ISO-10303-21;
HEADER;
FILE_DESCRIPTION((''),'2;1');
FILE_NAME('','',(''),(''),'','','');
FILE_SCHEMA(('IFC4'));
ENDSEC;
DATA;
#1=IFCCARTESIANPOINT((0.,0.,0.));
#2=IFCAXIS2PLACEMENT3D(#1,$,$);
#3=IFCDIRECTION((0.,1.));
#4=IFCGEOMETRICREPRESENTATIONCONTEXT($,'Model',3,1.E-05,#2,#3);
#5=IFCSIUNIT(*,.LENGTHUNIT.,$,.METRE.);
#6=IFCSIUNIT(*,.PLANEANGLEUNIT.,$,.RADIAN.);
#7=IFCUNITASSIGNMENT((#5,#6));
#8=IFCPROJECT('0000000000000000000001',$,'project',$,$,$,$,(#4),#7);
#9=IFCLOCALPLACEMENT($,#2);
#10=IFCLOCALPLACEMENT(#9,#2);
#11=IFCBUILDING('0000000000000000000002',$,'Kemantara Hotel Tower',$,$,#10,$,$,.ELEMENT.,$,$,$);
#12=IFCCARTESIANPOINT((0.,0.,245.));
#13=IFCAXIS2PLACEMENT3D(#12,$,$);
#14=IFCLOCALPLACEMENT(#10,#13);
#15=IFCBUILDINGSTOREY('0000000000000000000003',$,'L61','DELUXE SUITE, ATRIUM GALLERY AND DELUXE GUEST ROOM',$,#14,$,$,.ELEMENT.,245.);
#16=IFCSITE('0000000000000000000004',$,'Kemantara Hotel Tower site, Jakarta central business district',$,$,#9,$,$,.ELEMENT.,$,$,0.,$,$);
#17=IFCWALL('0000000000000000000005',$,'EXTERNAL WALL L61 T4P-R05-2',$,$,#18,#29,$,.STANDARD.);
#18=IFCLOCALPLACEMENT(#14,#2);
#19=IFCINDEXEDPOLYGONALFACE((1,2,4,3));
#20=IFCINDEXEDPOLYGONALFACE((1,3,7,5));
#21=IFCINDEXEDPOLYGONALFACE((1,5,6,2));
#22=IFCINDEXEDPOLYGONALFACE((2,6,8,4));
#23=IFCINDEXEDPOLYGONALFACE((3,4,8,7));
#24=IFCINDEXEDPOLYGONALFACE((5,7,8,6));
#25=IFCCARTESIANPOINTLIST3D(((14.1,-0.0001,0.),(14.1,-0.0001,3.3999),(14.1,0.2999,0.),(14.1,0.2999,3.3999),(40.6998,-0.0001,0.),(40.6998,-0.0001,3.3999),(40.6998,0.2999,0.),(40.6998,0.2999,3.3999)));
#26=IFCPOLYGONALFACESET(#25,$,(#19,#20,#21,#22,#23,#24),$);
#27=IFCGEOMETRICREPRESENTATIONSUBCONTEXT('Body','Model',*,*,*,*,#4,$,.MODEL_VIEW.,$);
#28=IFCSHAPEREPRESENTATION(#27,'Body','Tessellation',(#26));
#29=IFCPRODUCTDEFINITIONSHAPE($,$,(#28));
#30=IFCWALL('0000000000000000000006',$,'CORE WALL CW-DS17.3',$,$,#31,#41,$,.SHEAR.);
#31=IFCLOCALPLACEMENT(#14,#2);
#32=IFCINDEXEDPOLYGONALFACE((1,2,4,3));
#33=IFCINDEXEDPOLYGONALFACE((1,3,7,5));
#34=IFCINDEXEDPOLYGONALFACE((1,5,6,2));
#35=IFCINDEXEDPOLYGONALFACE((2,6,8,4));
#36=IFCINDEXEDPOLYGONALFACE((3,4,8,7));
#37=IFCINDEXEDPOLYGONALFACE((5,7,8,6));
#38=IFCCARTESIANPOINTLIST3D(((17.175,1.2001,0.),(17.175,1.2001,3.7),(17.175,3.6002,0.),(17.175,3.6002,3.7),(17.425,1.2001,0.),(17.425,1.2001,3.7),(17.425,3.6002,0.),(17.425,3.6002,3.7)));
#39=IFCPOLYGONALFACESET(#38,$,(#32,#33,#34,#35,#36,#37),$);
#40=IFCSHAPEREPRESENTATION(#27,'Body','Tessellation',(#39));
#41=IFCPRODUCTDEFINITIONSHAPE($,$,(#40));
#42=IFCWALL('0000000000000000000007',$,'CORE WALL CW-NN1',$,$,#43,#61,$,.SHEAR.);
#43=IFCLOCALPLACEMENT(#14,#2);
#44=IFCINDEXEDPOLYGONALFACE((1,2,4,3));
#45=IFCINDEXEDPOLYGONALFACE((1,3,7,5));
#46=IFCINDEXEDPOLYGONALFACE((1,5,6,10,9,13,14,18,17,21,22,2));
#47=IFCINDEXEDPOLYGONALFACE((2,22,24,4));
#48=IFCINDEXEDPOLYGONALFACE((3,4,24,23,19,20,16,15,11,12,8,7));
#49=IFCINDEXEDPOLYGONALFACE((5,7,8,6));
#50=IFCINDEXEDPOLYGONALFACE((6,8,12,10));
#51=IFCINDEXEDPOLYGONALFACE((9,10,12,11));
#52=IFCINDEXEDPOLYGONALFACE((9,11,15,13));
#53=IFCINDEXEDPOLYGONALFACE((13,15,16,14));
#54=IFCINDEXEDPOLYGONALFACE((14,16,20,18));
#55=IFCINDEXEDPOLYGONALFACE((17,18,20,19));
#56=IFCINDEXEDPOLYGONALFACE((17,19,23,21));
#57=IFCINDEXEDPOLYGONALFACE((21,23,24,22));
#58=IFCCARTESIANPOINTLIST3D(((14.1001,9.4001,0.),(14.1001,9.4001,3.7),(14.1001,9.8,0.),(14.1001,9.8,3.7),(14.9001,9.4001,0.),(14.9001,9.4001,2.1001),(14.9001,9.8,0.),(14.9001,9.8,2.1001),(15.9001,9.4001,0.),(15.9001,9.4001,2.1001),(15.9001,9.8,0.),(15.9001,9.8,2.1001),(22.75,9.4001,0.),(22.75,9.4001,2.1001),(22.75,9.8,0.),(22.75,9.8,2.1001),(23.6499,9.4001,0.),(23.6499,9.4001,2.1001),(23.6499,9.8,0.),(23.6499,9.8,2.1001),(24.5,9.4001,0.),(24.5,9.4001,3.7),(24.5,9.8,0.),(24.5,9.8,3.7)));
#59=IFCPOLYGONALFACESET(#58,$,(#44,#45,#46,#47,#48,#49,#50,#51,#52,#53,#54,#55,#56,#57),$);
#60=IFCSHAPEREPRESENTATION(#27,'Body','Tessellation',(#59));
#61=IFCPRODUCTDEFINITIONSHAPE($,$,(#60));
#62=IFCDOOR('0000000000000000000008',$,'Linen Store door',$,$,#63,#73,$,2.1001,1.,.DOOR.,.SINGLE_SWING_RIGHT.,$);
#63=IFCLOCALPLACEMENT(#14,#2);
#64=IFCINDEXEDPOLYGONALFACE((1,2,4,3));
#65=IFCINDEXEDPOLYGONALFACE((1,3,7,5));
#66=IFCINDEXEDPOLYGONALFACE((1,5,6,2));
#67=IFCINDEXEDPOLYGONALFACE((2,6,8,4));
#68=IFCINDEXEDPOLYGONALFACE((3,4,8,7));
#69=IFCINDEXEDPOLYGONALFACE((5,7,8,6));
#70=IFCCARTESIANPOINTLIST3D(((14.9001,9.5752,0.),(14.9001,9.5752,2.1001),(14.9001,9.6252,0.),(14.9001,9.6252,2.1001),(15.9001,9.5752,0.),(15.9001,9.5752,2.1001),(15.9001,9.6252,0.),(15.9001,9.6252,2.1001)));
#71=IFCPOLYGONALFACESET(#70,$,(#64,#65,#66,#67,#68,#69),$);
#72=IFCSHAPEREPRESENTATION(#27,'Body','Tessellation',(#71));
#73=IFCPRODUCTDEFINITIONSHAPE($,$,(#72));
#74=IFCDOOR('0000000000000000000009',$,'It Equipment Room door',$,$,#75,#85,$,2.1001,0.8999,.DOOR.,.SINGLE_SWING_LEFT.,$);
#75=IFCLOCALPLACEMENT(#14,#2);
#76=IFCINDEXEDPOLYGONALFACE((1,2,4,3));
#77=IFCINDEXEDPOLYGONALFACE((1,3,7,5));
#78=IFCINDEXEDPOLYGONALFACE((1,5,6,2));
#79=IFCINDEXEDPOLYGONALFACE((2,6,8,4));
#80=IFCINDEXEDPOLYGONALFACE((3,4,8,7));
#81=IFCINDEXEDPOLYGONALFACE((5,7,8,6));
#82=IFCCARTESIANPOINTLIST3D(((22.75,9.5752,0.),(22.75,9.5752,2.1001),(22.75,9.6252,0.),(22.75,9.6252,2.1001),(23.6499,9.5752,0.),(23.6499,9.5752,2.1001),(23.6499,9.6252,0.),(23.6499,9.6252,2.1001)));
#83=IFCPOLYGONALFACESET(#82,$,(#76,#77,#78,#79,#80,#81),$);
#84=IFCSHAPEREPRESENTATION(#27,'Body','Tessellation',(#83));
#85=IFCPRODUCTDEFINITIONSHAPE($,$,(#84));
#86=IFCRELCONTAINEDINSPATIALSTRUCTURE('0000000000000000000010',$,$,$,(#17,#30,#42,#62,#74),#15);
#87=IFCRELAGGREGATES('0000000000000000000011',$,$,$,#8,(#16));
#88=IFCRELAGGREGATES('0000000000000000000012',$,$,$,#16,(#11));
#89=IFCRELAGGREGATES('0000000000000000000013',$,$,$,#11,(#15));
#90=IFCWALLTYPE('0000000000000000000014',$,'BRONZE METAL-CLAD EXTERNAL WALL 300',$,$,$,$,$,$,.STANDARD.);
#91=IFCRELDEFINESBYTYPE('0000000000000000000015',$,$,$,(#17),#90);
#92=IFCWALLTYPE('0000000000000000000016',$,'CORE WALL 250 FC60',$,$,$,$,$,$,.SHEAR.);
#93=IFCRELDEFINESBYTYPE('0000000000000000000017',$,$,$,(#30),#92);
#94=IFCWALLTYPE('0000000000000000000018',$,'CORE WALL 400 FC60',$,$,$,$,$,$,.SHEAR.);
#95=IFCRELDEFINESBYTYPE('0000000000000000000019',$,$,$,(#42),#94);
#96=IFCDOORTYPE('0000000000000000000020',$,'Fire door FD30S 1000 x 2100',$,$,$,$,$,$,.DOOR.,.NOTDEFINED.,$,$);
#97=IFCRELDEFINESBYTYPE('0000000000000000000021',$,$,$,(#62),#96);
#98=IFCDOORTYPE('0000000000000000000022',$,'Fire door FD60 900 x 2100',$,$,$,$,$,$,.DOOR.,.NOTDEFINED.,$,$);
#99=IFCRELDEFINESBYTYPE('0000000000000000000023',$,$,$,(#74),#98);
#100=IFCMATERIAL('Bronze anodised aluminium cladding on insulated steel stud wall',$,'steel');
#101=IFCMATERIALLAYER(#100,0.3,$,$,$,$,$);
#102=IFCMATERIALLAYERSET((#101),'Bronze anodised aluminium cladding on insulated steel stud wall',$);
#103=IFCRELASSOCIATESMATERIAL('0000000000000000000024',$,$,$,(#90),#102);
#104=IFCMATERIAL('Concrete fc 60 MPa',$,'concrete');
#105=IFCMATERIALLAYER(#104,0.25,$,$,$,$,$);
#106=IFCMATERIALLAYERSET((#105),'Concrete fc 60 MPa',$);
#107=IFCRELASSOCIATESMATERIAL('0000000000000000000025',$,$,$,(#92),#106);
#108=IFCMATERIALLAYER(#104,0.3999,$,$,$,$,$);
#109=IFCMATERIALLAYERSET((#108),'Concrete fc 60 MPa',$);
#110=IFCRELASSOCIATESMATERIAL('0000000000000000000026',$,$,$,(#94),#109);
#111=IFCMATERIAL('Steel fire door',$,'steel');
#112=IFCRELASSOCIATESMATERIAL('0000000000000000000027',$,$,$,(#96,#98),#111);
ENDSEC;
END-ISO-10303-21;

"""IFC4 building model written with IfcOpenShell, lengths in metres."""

from ifc_helpers import new_model, si_unit, direction, frame, frame_2d, origin, place, context, subcontext, project, spatial, rectangle, extrude, material, layer, layer_set, type_object, element, fill, save


model = new_model("IFC4")

# Units and contexts
model_context = context("Model", 3, precision=1e-05, world=origin(), true_north=direction((0.0, 1.0)))
body_context = subcontext(model_context, "Body", "Model", "MODEL_VIEW")
ifc_project = project(units=[si_unit("LENGTHUNIT", "METRE"), si_unit("PLANEANGLEUNIT", "RADIAN")], contexts=[model_context])

# Site, building, storey
site_placement = place(None, origin())
site = spatial("IfcSite", under=ifc_project, at=site_placement, Name="Kemantara Hotel Tower site, Jakarta central business district", CompositionType="ELEMENT", RefElevation=0.0)
building_placement = place(site_placement, origin())
building = spatial("IfcBuilding", under=site, at=building_placement, Name="Kemantara Hotel Tower", CompositionType="ELEMENT")
storey_placement = place(building_placement, frame((0.0, 0.0, 245.0)))
storey = spatial("IfcBuildingStorey", under=building, at=storey_placement, Name="L61", Description="DELUXE SUITE, ATRIUM GALLERY AND DELUXE GUEST ROOM", CompositionType="ELEMENT", Elevation=245.0)

# Walls
ifc_material_1 = material(Name="Bronze anodised aluminium cladding on insulated steel stud wall", Category="steel")
ifc_layer_1 = layer(ifc_material_1, 0.3)
ifc_layer_set_1 = layer_set([ifc_layer_1], Name="Bronze anodised aluminium cladding on insulated steel stud wall")
wall_type_1 = type_object("IfcWallType", Name="BRONZE METAL-CLAD EXTERNAL WALL 300", PredefinedType="STANDARD", material=ifc_layer_set_1)
wall_1_placement = place(storey_placement, frame((14.1001, 0.1499, 0.0), z_axis=(0.0, 0.0, 1.0), x_axis=(1.0, 0.0, 0.0)))
element("IfcWall", 1, at=wall_1_placement, inside=storey, type_object=wall_type_1, Name="EXTERNAL WALL L61 T4P-R05-2", PredefinedType="STANDARD", context=body_context, shape_type="SweptSolid", body=[
    extrude(rectangle(XDim=26.5999, YDim=0.3, at=frame_2d((13.2998, 0.0))), origin(), (0.0, 0.0, 1.0), 3.3999),
])
ifc_material_2 = material(Name="Concrete fc 60 MPa", Category="concrete")
ifc_layer_2 = layer(ifc_material_2, 0.25)
ifc_layer_set_2 = layer_set([ifc_layer_2], Name="Concrete fc 60 MPa")
wall_type_2 = type_object("IfcWallType", Name="CORE WALL 250 FC60", PredefinedType="SHEAR", material=ifc_layer_set_2)
wall_2_placement = place(storey_placement, frame((17.3, 1.2, 0.0), z_axis=(0.0, 0.0, 1.0), x_axis=(0.0, 1.0, 0.0)))
element("IfcWall", 2, at=wall_2_placement, inside=storey, type_object=wall_type_2, Name="CORE WALL CW-DS17.3", PredefinedType="SHEAR", context=body_context, shape_type="SweptSolid", body=[
    extrude(rectangle(XDim=2.4001, YDim=0.25, at=frame_2d((1.2002, 0.0))), origin(), (0.0, 0.0, 1.0), 3.7),
])

# Wall, openings, doors
ifc_layer_3 = layer(ifc_material_2, 0.3999)
ifc_layer_set_3 = layer_set([ifc_layer_3], Name="Concrete fc 60 MPa")
wall_type_3 = type_object("IfcWallType", Name="CORE WALL 400 FC60", PredefinedType="SHEAR", material=ifc_layer_set_3)
wall_3_placement = place(storey_placement, frame((14.1001, 9.6001, 0.0), z_axis=(0.0, 0.0, 1.0), x_axis=(1.0, 0.0, 0.0)))
wall_3 = element("IfcWall", 3, at=wall_3_placement, inside=storey, type_object=wall_type_3, Name="CORE WALL CW-NN1", PredefinedType="SHEAR", context=body_context, shape_type="SweptSolid", body=[
    extrude(rectangle(XDim=10.3999, YDim=0.3999, at=frame_2d((5.2, 0.0))), origin(), (0.0, 0.0, 1.0), 3.7),
])
opening_1_placement = place(wall_3_placement, frame((0.8, 0.0, 0.0)))
opening_1 = element("IfcOpeningElement", 4, at=opening_1_placement, cuts=wall_3, PredefinedType="OPENING", context=body_context, shape_type="SweptSolid", body=[
    extrude(rectangle(XDim=1.0, YDim=2.1001, at=frame_2d((0.5, 1.05))), frame((0.0, 0.21, 0.0), z_axis=(0.0, -1.0, 0.0), x_axis=(1.0, 0.0, 0.0)), (0.0, 0.0, 1.0), 0.4199),
])
opening_2_placement = place(wall_3_placement, frame((8.6499, 0.0, 0.0)))
opening_2 = element("IfcOpeningElement", 5, at=opening_2_placement, cuts=wall_3, PredefinedType="OPENING", context=body_context, shape_type="SweptSolid", body=[
    extrude(rectangle(XDim=0.8999, YDim=2.1001, at=frame_2d((0.45, 1.05))), frame((0.0, 0.21, 0.0), z_axis=(0.0, -1.0, 0.0), x_axis=(1.0, 0.0, 0.0)), (0.0, 0.0, 1.0), 0.4199),
])
ifc_material_3 = material(Name="Steel fire door", Category="steel")
door_type_1 = type_object("IfcDoorType", Name="Fire door FD30S 1000 x 2100", OperationType="NOTDEFINED", PredefinedType="DOOR", material=ifc_material_3)
door_1_placement = place(opening_1_placement, frame((1.0, 0.0, 0.0), z_axis=(0.0, 0.0, 1.0), x_axis=(-1.0, 0.0, 0.0)))
door_1 = element("IfcDoor", 6, at=door_1_placement, inside=storey, type_object=door_type_1, Name="Linen Store door", OperationType="SINGLE_SWING_RIGHT", OverallHeight=2.1001, OverallWidth=1.0, PredefinedType="DOOR", context=body_context, shape_type="SweptSolid", body=[
    extrude(rectangle(XDim=1.0, YDim=2.1001, at=frame_2d((0.5, 1.05))), frame((0.0, 0.0249, 0.0), z_axis=(0.0, -1.0, 0.0), x_axis=(1.0, 0.0, 0.0)), (0.0, 0.0, 1.0), 0.05),
])
fill(opening_1, door_1)
door_type_2 = type_object("IfcDoorType", Name="Fire door FD60 900 x 2100", OperationType="NOTDEFINED", PredefinedType="DOOR", material=ifc_material_3)
door_2_placement = place(opening_2_placement, frame((0.8999, 0.0, 0.0), z_axis=(0.0, 0.0, 1.0), x_axis=(-1.0, 0.0, 0.0)))
door_2 = element("IfcDoor", 7, at=door_2_placement, inside=storey, type_object=door_type_2, Name="It Equipment Room door", OperationType="SINGLE_SWING_LEFT", OverallHeight=2.1001, OverallWidth=0.8999, PredefinedType="DOOR", context=body_context, shape_type="SweptSolid", body=[
    extrude(rectangle(XDim=0.8999, YDim=2.1001, at=frame_2d((0.45, 1.05))), frame((0.0, 0.0249, 0.0), z_axis=(0.0, -1.0, 0.0), x_axis=(1.0, 0.0, 0.0)), (0.0, 0.0, 1.0), 0.05),
])
fill(opening_2, door_2)

save(model, "model.ifc")
